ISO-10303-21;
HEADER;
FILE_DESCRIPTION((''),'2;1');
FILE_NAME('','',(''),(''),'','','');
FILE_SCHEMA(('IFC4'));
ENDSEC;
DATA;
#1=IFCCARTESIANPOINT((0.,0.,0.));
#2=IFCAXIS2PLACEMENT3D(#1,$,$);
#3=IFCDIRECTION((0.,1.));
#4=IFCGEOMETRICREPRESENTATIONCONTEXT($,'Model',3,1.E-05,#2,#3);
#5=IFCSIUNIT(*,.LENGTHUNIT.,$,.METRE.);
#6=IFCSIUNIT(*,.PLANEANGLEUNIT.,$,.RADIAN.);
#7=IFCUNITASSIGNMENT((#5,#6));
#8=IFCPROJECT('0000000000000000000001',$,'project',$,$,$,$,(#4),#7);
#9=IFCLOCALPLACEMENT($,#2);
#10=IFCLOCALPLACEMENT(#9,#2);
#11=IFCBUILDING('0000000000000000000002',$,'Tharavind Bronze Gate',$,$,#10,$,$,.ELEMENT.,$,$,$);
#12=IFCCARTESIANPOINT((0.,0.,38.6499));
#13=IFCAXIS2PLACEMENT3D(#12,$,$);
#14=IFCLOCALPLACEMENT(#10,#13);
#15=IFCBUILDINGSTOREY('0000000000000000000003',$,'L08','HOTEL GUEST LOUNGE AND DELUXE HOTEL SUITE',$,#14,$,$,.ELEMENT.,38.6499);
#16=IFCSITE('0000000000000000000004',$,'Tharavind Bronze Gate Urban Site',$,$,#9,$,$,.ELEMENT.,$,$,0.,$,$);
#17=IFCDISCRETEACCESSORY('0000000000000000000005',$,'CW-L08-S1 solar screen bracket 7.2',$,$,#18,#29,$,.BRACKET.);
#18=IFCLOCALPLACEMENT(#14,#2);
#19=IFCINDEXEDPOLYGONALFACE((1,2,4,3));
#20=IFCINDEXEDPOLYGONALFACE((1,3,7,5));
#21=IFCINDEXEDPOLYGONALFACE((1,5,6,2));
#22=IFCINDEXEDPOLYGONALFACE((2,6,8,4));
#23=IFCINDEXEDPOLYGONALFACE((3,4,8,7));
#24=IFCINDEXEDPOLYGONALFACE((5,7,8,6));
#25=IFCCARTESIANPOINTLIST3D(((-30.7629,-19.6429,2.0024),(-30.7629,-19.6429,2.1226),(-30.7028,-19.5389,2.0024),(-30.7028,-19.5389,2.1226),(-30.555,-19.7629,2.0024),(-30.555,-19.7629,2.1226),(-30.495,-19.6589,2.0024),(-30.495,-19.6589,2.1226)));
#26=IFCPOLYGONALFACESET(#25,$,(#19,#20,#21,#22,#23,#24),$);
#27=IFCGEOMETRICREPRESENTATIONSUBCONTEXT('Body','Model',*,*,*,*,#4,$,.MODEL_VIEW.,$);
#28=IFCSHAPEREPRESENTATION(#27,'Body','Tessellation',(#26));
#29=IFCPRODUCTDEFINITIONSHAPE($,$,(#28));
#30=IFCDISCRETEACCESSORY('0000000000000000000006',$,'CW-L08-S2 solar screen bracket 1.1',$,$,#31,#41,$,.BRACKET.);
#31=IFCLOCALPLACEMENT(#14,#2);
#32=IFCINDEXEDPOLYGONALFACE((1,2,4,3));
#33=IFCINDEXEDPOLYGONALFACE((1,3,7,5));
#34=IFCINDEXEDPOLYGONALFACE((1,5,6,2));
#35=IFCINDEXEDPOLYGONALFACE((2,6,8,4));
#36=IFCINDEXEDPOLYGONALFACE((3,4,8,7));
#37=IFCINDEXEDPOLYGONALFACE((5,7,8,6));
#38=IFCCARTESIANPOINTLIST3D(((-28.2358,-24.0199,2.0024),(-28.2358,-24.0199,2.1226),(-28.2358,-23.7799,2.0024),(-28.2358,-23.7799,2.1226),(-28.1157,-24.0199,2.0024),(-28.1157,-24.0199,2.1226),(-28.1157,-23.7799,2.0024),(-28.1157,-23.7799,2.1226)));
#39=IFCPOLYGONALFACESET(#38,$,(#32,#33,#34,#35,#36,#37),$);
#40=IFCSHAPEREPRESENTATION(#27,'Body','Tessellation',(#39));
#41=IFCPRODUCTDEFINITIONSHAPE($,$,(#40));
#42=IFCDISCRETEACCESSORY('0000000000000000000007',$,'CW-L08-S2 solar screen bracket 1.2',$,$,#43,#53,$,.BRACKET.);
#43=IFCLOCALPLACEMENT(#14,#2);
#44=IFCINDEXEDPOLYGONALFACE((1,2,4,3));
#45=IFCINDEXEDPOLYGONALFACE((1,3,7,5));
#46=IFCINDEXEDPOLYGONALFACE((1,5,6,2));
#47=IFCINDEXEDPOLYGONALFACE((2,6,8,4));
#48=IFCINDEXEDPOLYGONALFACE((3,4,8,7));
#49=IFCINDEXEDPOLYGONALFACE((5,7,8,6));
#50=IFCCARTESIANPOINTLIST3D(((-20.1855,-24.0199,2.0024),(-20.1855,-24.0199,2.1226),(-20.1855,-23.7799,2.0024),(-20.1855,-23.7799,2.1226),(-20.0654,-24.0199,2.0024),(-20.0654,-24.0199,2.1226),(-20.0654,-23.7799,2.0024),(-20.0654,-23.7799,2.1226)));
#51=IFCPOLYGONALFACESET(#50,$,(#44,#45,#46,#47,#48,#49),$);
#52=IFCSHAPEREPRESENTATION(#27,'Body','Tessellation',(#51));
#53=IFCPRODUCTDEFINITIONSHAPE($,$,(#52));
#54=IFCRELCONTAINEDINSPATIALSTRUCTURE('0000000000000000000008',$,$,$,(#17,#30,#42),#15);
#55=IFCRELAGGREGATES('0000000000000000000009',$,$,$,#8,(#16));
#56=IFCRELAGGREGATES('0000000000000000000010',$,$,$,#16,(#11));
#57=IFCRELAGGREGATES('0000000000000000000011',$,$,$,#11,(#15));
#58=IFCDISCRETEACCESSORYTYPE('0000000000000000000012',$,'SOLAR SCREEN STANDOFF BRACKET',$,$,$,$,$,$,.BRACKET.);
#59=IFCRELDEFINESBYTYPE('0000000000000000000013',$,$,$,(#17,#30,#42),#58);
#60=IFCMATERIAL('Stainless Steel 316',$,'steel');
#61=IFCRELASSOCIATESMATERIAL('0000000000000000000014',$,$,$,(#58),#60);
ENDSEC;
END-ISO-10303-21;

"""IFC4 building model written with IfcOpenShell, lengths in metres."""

from ifc_helpers import new_model, si_unit, direction, frame, origin, origin_2d, place, context, subcontext, project, spatial, rectangle, extrude, material, type_object, element, save


model = new_model("IFC4")

# Units and contexts
model_context = context("Model", 3, precision=1e-05, world=origin(), true_north=direction((0.0, 1.0)))
body_context = subcontext(model_context, "Body", "Model", "MODEL_VIEW")
ifc_project = project(units=[si_unit("LENGTHUNIT", "METRE"), si_unit("PLANEANGLEUNIT", "RADIAN")], contexts=[model_context])

# Site, building, storey
site_placement = place(None, origin())
site = spatial("IfcSite", under=ifc_project, at=site_placement, Name="Tharavind Bronze Gate Urban Site", CompositionType="ELEMENT", RefElevation=0.0)
building_placement = place(site_placement, origin())
building = spatial("IfcBuilding", under=site, at=building_placement, Name="Tharavind Bronze Gate", CompositionType="ELEMENT")
storey_placement = place(building_placement, frame((0.0, 0.0, 38.6499)))
storey = spatial("IfcBuildingStorey", under=building, at=storey_placement, Name="L08", Description="HOTEL GUEST LOUNGE AND DELUXE HOTEL SUITE", CompositionType="ELEMENT", Elevation=38.6499)

# Discrete accessories
ifc_material_1 = material(Name="Stainless Steel 316", Category="steel")
discrete_accessory_type = type_object("IfcDiscreteAccessoryType", Name="SOLAR SCREEN STANDOFF BRACKET", PredefinedType="BRACKET", material=ifc_material_1)
for number, where, z_axis, x_axis, name in (
    (1, (-30.6289, -19.6509, 2.0024), (0.0, 0.0, 1.0), (-0.500002, -0.866025, 0.0), "CW-L08-S1 solar screen bracket 7.2"),
    (2, (-28.1758, -23.8999, 2.0024), (0.0, 0.0, 1.0), (1.0, 0.0, 0.0), "CW-L08-S2 solar screen bracket 1.1"),
    (3, (-20.1255, -23.8999, 2.0024), (0.0, 0.0, 1.0), (1.0, 0.0, 0.0), "CW-L08-S2 solar screen bracket 1.2"),
):
    element("IfcDiscreteAccessory", number, at=place(storey_placement, frame(where, z_axis=z_axis, x_axis=x_axis)), inside=storey, type_object=discrete_accessory_type, Name=name, PredefinedType="BRACKET", context=body_context, shape_type="SweptSolid", body=[
        extrude(rectangle(XDim=0.1201, YDim=0.24, at=origin_2d()), origin(), (0.0, 0.0, 1.0), 0.1201),
    ])

save(model, "model.ifc")
